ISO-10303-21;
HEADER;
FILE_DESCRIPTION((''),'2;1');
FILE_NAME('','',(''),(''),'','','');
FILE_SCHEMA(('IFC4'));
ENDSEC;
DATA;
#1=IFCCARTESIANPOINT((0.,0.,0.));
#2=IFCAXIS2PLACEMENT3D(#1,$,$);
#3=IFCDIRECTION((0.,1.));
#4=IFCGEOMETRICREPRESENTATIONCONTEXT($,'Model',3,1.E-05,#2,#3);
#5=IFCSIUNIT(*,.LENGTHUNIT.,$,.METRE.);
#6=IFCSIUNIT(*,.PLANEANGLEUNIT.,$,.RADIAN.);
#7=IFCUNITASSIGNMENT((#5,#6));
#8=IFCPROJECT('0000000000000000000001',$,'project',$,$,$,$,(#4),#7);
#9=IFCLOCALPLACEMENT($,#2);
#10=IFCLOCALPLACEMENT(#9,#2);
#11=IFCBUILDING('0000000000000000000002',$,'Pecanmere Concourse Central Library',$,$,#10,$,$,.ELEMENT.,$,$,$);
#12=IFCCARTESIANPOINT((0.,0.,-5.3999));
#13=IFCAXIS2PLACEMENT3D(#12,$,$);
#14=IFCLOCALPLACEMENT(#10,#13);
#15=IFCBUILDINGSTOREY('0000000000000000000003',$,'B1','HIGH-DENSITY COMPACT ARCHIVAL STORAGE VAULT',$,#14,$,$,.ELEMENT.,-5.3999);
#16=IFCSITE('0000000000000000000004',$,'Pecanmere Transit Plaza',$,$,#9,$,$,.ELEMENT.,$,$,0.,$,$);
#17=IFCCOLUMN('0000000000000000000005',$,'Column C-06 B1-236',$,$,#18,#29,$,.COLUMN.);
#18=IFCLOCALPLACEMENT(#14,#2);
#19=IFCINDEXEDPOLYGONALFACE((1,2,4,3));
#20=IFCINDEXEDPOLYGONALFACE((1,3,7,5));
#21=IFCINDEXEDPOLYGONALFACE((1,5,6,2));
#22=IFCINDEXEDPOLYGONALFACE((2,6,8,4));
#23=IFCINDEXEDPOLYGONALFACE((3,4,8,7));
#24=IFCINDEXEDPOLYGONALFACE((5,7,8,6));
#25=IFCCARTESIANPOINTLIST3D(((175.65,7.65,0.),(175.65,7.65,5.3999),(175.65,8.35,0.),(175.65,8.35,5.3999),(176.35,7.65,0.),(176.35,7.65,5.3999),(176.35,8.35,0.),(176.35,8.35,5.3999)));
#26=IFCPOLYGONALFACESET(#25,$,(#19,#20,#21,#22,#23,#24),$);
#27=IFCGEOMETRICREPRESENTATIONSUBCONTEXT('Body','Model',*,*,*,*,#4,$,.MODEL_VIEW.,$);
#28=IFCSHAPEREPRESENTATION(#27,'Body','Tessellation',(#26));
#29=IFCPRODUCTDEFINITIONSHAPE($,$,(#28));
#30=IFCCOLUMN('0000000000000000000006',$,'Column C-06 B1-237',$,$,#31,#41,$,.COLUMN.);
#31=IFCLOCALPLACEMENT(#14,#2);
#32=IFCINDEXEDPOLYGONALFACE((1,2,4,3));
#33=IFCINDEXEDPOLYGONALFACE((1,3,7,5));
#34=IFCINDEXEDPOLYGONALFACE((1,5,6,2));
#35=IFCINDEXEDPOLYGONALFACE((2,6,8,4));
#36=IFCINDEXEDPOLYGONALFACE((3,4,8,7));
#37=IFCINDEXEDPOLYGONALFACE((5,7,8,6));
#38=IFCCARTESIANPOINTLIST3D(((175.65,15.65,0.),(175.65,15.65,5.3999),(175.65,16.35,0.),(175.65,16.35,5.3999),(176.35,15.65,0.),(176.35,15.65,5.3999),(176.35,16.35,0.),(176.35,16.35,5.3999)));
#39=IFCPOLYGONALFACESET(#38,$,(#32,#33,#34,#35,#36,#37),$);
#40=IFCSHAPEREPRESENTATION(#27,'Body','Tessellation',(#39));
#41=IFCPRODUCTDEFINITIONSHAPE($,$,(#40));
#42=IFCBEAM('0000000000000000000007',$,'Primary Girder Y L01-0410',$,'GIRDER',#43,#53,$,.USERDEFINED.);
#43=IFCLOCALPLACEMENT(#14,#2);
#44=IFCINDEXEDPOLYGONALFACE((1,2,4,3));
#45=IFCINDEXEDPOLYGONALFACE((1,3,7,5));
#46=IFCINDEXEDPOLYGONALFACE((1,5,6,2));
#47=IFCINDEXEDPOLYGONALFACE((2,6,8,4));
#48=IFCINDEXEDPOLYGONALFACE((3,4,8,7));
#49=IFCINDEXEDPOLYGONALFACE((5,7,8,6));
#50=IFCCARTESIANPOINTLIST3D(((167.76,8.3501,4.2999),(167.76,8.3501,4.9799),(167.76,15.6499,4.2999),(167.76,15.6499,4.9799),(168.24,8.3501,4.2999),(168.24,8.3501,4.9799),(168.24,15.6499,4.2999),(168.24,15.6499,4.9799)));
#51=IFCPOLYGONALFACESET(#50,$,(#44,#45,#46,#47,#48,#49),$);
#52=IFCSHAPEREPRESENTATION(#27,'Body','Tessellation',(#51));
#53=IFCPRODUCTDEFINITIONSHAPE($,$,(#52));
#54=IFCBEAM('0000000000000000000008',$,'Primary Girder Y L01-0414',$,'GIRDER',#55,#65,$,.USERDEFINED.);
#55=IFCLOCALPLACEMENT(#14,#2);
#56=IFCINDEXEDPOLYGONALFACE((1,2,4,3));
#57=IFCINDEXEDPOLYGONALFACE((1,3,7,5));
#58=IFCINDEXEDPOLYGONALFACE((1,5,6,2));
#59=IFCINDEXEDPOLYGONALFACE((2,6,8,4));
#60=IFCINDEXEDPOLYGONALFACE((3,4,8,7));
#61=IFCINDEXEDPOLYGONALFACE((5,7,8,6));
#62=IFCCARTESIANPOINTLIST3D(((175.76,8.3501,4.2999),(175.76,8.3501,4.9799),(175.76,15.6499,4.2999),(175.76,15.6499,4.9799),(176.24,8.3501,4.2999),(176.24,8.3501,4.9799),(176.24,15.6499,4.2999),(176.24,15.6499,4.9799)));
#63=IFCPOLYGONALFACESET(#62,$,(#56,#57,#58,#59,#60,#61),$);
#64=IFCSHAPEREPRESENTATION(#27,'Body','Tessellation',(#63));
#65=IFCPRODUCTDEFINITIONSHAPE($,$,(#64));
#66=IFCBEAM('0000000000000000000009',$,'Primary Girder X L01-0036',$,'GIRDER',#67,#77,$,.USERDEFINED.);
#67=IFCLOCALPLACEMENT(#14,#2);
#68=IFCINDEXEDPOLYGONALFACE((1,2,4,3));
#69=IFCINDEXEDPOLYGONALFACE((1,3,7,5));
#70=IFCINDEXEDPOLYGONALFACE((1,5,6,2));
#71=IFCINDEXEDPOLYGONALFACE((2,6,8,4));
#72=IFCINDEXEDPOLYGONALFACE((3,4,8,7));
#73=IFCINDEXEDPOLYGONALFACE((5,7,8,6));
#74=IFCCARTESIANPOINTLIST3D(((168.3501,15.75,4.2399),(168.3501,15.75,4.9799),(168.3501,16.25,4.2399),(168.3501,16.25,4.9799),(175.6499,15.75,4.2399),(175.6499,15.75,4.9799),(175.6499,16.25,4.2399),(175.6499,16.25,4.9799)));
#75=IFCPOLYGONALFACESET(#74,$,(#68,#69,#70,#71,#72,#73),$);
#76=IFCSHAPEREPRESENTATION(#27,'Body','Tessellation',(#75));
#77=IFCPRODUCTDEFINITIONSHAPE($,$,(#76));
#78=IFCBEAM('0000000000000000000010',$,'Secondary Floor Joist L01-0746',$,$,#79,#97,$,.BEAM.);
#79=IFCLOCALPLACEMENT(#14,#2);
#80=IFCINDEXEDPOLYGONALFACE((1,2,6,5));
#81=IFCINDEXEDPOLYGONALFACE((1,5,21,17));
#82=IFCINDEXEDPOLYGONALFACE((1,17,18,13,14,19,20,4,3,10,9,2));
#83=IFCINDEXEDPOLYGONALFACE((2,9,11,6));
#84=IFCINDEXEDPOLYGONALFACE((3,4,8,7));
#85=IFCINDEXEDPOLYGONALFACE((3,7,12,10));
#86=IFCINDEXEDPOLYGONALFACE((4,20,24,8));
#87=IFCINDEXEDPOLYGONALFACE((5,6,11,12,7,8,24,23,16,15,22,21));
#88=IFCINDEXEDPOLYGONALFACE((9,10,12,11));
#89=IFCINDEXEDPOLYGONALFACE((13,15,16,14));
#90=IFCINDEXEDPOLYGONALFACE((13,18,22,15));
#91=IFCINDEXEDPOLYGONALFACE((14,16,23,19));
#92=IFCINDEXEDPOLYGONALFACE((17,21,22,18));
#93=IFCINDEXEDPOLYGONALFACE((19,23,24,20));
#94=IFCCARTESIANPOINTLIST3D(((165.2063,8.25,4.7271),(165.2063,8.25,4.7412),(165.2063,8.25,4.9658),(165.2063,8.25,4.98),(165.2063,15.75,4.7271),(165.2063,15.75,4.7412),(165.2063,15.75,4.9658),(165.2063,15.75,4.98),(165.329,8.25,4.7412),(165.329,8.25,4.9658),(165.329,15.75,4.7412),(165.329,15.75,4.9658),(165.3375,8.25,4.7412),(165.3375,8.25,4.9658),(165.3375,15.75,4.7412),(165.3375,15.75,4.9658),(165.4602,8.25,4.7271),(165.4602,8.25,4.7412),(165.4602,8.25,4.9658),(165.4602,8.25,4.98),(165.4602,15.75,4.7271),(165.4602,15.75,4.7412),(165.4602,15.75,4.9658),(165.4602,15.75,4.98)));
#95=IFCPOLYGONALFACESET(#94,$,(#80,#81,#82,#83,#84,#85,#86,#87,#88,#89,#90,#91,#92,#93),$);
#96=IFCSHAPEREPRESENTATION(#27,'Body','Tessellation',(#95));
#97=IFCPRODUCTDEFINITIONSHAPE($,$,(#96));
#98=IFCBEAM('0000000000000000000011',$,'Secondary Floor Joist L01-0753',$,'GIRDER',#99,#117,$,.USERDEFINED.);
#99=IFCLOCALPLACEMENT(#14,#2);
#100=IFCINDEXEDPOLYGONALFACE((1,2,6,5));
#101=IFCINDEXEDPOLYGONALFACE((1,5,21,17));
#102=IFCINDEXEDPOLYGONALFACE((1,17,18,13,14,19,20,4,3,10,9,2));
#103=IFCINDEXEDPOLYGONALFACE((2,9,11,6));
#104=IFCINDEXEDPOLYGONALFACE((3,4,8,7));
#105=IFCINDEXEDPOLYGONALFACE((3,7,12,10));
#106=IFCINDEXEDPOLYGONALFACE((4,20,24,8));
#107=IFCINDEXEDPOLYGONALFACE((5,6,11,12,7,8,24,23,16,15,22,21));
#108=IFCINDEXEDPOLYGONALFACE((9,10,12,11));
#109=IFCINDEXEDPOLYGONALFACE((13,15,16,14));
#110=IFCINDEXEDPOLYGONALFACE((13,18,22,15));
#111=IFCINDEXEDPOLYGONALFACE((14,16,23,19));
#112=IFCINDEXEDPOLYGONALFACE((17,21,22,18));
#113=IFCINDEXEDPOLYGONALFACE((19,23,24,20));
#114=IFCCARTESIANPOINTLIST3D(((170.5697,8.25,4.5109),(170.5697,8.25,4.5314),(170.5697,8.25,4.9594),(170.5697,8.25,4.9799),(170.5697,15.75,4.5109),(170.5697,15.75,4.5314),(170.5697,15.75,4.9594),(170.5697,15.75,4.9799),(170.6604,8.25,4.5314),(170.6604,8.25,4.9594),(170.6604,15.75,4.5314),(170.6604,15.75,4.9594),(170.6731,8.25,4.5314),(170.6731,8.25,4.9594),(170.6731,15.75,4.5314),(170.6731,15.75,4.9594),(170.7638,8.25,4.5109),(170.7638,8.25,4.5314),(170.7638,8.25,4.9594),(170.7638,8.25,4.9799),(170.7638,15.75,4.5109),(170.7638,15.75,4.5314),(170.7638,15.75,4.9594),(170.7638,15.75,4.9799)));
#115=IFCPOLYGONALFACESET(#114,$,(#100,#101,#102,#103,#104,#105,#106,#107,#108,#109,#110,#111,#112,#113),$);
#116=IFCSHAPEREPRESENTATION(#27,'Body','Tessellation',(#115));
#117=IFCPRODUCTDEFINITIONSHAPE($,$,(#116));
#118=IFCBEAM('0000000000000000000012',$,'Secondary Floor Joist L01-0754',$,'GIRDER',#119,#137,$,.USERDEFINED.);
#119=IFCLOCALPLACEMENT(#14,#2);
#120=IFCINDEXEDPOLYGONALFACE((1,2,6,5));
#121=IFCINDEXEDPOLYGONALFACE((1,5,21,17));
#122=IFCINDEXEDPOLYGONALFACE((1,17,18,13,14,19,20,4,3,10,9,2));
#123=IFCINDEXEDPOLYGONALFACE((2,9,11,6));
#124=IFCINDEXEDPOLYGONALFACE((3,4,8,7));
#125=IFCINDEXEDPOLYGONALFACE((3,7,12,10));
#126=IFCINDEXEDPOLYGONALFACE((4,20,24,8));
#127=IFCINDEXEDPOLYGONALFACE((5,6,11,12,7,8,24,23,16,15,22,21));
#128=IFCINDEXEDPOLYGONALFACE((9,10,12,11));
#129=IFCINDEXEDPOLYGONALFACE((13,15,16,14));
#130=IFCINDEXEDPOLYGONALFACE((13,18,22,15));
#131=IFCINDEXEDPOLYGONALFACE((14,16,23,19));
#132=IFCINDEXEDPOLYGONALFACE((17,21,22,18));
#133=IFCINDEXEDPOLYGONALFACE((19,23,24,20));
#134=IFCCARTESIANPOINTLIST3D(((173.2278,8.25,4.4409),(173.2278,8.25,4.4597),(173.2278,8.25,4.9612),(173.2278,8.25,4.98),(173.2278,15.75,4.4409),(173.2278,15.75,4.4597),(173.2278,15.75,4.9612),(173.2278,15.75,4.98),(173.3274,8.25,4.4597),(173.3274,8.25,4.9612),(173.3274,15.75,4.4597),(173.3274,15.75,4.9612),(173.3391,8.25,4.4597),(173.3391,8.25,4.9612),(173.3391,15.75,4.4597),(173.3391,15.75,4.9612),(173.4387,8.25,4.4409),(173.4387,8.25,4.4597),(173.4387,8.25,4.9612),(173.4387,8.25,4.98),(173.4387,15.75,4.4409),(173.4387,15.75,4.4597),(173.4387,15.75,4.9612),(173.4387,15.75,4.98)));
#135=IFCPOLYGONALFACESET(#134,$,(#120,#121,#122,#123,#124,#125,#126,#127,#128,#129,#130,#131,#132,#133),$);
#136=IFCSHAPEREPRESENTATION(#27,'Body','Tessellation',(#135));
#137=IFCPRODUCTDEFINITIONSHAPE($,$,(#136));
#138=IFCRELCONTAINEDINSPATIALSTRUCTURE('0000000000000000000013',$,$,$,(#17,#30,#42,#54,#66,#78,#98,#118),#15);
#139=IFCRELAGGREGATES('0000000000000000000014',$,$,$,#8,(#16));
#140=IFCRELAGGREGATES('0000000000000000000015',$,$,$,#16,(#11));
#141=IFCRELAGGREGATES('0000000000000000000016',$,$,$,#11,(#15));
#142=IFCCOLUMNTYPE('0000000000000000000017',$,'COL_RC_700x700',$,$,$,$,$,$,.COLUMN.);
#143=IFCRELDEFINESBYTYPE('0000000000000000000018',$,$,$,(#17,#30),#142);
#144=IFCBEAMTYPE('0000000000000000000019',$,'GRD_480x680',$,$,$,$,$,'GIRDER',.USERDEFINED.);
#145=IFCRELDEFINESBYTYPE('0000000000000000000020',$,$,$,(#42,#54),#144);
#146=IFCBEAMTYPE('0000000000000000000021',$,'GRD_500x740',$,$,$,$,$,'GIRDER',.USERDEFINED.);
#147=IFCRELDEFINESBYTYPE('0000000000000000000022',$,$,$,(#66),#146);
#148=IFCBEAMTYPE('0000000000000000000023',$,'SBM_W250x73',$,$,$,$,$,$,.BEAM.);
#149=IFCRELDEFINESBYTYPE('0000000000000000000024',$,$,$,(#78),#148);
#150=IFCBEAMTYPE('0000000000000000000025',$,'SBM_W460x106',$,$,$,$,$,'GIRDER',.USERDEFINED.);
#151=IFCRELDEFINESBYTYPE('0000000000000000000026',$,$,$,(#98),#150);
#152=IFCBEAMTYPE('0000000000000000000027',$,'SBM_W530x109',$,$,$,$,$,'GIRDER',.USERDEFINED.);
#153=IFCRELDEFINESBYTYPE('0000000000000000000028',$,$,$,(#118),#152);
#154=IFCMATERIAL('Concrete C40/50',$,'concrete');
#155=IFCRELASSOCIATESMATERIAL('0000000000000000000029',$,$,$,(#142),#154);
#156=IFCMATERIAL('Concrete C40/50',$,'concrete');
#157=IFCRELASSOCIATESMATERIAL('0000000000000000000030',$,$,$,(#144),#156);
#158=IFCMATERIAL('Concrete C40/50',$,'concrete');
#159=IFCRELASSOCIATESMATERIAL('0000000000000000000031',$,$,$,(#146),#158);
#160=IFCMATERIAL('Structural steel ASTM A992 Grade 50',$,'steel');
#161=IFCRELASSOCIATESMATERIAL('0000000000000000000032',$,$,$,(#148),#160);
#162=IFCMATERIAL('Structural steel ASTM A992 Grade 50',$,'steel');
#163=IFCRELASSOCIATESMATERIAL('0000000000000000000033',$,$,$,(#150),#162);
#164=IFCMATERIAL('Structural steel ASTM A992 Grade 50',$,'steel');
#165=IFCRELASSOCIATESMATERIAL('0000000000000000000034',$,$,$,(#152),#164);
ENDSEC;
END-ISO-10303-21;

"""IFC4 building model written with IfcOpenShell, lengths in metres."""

from ifc_helpers import new_model, si_unit, direction, frame, origin, origin_2d, place, context, subcontext, project, spatial, rectangle, i_section, extrude, material, material_profile, profile_set, type_object, element, save


model = new_model("IFC4")

# Units and contexts
model_context = context("Model", 3, precision=1e-05, world=origin(), true_north=direction((0.0, 1.0)))
body_context = subcontext(model_context, "Body", "Model", "MODEL_VIEW")
ifc_project = project(units=[si_unit("LENGTHUNIT", "METRE"), si_unit("PLANEANGLEUNIT", "RADIAN")], contexts=[model_context])

# Site, building, storey
site_placement = place(None, origin())
site = spatial("IfcSite", under=ifc_project, at=site_placement, Name="Pecanmere Transit Plaza", CompositionType="ELEMENT", RefElevation=0.0)
building_placement = place(site_placement, origin())
building = spatial("IfcBuilding", under=site, at=building_placement, Name="Pecanmere Concourse Central Library", CompositionType="ELEMENT")
storey_placement = place(building_placement, frame((0.0, 0.0, -5.3999)))
storey = spatial("IfcBuildingStorey", under=building, at=storey_placement, Name="B1", Description="HIGH-DENSITY COMPACT ARCHIVAL STORAGE VAULT", CompositionType="ELEMENT", Elevation=-5.3999)

# Columns
ifc_material_1 = material(Name="Concrete C40/50", Category="concrete")
ifc_material_profile_1 = material_profile(ifc_material_1, rectangle(XDim=0.7, YDim=0.7, at=origin_2d()), Name="RC 700x700")
ifc_profile_set_1 = profile_set([ifc_material_profile_1], Name="Concrete C40/50")
column_type = type_object("IfcColumnType", Name="COL_RC_700x700", PredefinedType="COLUMN", material=ifc_profile_set_1)
for number, where, z_axis, x_axis, name in (
    (1, (176.0, 8.0, 0.0), (0.0, 0.0, 1.0), (1.0, 0.0, 0.0), "Column C-06 B1-236"),
    (2, (176.0, 16.0, 0.0), (0.0, 0.0, 1.0), (1.0, 0.0, 0.0), "Column C-06 B1-237"),
):
    element("IfcColumn", number, at=place(storey_placement, frame(where, z_axis=z_axis, x_axis=x_axis)), inside=storey, type_object=column_type, Name=name, PredefinedType="COLUMN", context=body_context, shape_type="SweptSolid", body=[
        extrude(rectangle(XDim=0.7, YDim=0.7, at=origin_2d()), origin(), (0.0, 0.0, 1.0), 5.3999),
    ])

# Beams
ifc_material_2 = material(Name="Concrete C40/50", Category="concrete")
ifc_material_profile_2 = material_profile(ifc_material_2, rectangle(XDim=0.48, YDim=0.6799, at=origin_2d()), Name="RC 480x680")
ifc_profile_set_2 = profile_set([ifc_material_profile_2], Name="Concrete C40/50")
beam_type_1 = type_object("IfcBeamType", Name="GRD_480x680", ElementType="GIRDER", PredefinedType="USERDEFINED", material=ifc_profile_set_2)
for number, where, z_axis, x_axis, name in (
    (3, (168.0, 8.3501, 4.6399), (0.0, 1.0, 0.0), (-1.0, 0.0, 0.0), "Primary Girder Y L01-0410"),
    (4, (176.0, 8.3501, 4.6399), (0.0, 1.0, 0.0), (-1.0, 0.0, 0.0), "Primary Girder Y L01-0414"),
):
    element("IfcBeam", number, at=place(storey_placement, frame(where, z_axis=z_axis, x_axis=x_axis)), inside=storey, type_object=beam_type_1, Name=name, ObjectType="GIRDER", PredefinedType="USERDEFINED", context=body_context, shape_type="SweptSolid", body=[
        extrude(rectangle(XDim=0.48, YDim=0.6799, at=origin_2d()), origin(), (0.0, 0.0, 1.0), 7.2998),
    ])
ifc_material_3 = material(Name="Concrete C40/50", Category="concrete")
ifc_material_profile_3 = material_profile(ifc_material_3, rectangle(XDim=0.5, YDim=0.74, at=origin_2d()), Name="RC 500x740")
ifc_profile_set_3 = profile_set([ifc_material_profile_3], Name="Concrete C40/50")
beam_type_2 = type_object("IfcBeamType", Name="GRD_500x740", ElementType="GIRDER", PredefinedType="USERDEFINED", material=ifc_profile_set_3)
beam_1_placement = place(storey_placement, frame((168.3501, 16.0, 4.6099), z_axis=(1.0, 0.0, 0.0), x_axis=(0.0, 1.0, 0.0)))
element("IfcBeam", 5, at=beam_1_placement, inside=storey, type_object=beam_type_2, Name="Primary Girder X L01-0036", ObjectType="GIRDER", PredefinedType="USERDEFINED", context=body_context, shape_type="SweptSolid", body=[
    extrude(rectangle(XDim=0.5, YDim=0.74, at=origin_2d()), origin(), (0.0, 0.0, 1.0), 7.2998),
])
ifc_material_4 = material(Name="Structural steel ASTM A992 Grade 50", Category="steel")
ifc_material_profile_4 = material_profile(ifc_material_4, i_section(OverallWidth=0.2539, OverallDepth=0.2529, WebThickness=0.0085, FlangeThickness=0.0142, at=origin_2d()), Name="W250x73")
ifc_profile_set_4 = profile_set([ifc_material_profile_4], Name="Structural steel ASTM A992 Grade 50")
beam_type_3 = type_object("IfcBeamType", Name="SBM_W250x73", PredefinedType="BEAM", material=ifc_profile_set_4)
beam_2_placement = place(storey_placement, frame((165.3333, 8.25, 4.8535), z_axis=(0.0, 1.0, 0.0), x_axis=(-1.0, 0.0, 0.0)))
element("IfcBeam", 6, at=beam_2_placement, inside=storey, type_object=beam_type_3, Name="Secondary Floor Joist L01-0746", PredefinedType="BEAM", context=body_context, shape_type="SweptSolid", body=[
    extrude(i_section(OverallWidth=0.2539, OverallDepth=0.2529, WebThickness=0.0085, FlangeThickness=0.0142, at=origin_2d()), origin(), (0.0, 0.0, 1.0), 7.5),
])
ifc_material_5 = material(Name="Structural steel ASTM A992 Grade 50", Category="steel")
ifc_material_profile_5 = material_profile(ifc_material_5, i_section(OverallWidth=0.1941, OverallDepth=0.469, WebThickness=0.0127, FlangeThickness=0.0205, at=origin_2d()), Name="W460x106")
ifc_profile_set_5 = profile_set([ifc_material_profile_5], Name="Structural steel ASTM A992 Grade 50")
beam_type_4 = type_object("IfcBeamType", Name="SBM_W460x106", ElementType="GIRDER", PredefinedType="USERDEFINED", material=ifc_profile_set_5)
beam_3_placement = place(storey_placement, frame((170.6667, 8.25, 4.7454), z_axis=(0.0, 1.0, 0.0), x_axis=(-1.0, 0.0, 0.0)))
element("IfcBeam", 7, at=beam_3_placement, inside=storey, type_object=beam_type_4, Name="Secondary Floor Joist L01-0753", ObjectType="GIRDER", PredefinedType="USERDEFINED", context=body_context, shape_type="SweptSolid", body=[
    extrude(i_section(OverallWidth=0.1941, OverallDepth=0.469, WebThickness=0.0127, FlangeThickness=0.0205, at=origin_2d()), origin(), (0.0, 0.0, 1.0), 7.5),
])
ifc_material_6 = material(Name="Structural steel ASTM A992 Grade 50", Category="steel")
ifc_material_profile_6 = material_profile(ifc_material_6, i_section(OverallWidth=0.2109, OverallDepth=0.5391, WebThickness=0.0117, FlangeThickness=0.0188, at=origin_2d()), Name="W530x109")
ifc_profile_set_6 = profile_set([ifc_material_profile_6], Name="Structural steel ASTM A992 Grade 50")
beam_type_5 = type_object("IfcBeamType", Name="SBM_W530x109", ElementType="GIRDER", PredefinedType="USERDEFINED", material=ifc_profile_set_6)
beam_4_placement = place(storey_placement, frame((173.3333, 8.25, 4.7104), z_axis=(0.0, 1.0, 0.0), x_axis=(-1.0, 0.0, 0.0)))
element("IfcBeam", 8, at=beam_4_placement, inside=storey, type_object=beam_type_5, Name="Secondary Floor Joist L01-0754", ObjectType="GIRDER", PredefinedType="USERDEFINED", context=body_context, shape_type="SweptSolid", body=[
    extrude(i_section(OverallWidth=0.2109, OverallDepth=0.5391, WebThickness=0.0117, FlangeThickness=0.0188, at=origin_2d()), origin(), (0.0, 0.0, 1.0), 7.5),
])

save(model, "model.ifc")
